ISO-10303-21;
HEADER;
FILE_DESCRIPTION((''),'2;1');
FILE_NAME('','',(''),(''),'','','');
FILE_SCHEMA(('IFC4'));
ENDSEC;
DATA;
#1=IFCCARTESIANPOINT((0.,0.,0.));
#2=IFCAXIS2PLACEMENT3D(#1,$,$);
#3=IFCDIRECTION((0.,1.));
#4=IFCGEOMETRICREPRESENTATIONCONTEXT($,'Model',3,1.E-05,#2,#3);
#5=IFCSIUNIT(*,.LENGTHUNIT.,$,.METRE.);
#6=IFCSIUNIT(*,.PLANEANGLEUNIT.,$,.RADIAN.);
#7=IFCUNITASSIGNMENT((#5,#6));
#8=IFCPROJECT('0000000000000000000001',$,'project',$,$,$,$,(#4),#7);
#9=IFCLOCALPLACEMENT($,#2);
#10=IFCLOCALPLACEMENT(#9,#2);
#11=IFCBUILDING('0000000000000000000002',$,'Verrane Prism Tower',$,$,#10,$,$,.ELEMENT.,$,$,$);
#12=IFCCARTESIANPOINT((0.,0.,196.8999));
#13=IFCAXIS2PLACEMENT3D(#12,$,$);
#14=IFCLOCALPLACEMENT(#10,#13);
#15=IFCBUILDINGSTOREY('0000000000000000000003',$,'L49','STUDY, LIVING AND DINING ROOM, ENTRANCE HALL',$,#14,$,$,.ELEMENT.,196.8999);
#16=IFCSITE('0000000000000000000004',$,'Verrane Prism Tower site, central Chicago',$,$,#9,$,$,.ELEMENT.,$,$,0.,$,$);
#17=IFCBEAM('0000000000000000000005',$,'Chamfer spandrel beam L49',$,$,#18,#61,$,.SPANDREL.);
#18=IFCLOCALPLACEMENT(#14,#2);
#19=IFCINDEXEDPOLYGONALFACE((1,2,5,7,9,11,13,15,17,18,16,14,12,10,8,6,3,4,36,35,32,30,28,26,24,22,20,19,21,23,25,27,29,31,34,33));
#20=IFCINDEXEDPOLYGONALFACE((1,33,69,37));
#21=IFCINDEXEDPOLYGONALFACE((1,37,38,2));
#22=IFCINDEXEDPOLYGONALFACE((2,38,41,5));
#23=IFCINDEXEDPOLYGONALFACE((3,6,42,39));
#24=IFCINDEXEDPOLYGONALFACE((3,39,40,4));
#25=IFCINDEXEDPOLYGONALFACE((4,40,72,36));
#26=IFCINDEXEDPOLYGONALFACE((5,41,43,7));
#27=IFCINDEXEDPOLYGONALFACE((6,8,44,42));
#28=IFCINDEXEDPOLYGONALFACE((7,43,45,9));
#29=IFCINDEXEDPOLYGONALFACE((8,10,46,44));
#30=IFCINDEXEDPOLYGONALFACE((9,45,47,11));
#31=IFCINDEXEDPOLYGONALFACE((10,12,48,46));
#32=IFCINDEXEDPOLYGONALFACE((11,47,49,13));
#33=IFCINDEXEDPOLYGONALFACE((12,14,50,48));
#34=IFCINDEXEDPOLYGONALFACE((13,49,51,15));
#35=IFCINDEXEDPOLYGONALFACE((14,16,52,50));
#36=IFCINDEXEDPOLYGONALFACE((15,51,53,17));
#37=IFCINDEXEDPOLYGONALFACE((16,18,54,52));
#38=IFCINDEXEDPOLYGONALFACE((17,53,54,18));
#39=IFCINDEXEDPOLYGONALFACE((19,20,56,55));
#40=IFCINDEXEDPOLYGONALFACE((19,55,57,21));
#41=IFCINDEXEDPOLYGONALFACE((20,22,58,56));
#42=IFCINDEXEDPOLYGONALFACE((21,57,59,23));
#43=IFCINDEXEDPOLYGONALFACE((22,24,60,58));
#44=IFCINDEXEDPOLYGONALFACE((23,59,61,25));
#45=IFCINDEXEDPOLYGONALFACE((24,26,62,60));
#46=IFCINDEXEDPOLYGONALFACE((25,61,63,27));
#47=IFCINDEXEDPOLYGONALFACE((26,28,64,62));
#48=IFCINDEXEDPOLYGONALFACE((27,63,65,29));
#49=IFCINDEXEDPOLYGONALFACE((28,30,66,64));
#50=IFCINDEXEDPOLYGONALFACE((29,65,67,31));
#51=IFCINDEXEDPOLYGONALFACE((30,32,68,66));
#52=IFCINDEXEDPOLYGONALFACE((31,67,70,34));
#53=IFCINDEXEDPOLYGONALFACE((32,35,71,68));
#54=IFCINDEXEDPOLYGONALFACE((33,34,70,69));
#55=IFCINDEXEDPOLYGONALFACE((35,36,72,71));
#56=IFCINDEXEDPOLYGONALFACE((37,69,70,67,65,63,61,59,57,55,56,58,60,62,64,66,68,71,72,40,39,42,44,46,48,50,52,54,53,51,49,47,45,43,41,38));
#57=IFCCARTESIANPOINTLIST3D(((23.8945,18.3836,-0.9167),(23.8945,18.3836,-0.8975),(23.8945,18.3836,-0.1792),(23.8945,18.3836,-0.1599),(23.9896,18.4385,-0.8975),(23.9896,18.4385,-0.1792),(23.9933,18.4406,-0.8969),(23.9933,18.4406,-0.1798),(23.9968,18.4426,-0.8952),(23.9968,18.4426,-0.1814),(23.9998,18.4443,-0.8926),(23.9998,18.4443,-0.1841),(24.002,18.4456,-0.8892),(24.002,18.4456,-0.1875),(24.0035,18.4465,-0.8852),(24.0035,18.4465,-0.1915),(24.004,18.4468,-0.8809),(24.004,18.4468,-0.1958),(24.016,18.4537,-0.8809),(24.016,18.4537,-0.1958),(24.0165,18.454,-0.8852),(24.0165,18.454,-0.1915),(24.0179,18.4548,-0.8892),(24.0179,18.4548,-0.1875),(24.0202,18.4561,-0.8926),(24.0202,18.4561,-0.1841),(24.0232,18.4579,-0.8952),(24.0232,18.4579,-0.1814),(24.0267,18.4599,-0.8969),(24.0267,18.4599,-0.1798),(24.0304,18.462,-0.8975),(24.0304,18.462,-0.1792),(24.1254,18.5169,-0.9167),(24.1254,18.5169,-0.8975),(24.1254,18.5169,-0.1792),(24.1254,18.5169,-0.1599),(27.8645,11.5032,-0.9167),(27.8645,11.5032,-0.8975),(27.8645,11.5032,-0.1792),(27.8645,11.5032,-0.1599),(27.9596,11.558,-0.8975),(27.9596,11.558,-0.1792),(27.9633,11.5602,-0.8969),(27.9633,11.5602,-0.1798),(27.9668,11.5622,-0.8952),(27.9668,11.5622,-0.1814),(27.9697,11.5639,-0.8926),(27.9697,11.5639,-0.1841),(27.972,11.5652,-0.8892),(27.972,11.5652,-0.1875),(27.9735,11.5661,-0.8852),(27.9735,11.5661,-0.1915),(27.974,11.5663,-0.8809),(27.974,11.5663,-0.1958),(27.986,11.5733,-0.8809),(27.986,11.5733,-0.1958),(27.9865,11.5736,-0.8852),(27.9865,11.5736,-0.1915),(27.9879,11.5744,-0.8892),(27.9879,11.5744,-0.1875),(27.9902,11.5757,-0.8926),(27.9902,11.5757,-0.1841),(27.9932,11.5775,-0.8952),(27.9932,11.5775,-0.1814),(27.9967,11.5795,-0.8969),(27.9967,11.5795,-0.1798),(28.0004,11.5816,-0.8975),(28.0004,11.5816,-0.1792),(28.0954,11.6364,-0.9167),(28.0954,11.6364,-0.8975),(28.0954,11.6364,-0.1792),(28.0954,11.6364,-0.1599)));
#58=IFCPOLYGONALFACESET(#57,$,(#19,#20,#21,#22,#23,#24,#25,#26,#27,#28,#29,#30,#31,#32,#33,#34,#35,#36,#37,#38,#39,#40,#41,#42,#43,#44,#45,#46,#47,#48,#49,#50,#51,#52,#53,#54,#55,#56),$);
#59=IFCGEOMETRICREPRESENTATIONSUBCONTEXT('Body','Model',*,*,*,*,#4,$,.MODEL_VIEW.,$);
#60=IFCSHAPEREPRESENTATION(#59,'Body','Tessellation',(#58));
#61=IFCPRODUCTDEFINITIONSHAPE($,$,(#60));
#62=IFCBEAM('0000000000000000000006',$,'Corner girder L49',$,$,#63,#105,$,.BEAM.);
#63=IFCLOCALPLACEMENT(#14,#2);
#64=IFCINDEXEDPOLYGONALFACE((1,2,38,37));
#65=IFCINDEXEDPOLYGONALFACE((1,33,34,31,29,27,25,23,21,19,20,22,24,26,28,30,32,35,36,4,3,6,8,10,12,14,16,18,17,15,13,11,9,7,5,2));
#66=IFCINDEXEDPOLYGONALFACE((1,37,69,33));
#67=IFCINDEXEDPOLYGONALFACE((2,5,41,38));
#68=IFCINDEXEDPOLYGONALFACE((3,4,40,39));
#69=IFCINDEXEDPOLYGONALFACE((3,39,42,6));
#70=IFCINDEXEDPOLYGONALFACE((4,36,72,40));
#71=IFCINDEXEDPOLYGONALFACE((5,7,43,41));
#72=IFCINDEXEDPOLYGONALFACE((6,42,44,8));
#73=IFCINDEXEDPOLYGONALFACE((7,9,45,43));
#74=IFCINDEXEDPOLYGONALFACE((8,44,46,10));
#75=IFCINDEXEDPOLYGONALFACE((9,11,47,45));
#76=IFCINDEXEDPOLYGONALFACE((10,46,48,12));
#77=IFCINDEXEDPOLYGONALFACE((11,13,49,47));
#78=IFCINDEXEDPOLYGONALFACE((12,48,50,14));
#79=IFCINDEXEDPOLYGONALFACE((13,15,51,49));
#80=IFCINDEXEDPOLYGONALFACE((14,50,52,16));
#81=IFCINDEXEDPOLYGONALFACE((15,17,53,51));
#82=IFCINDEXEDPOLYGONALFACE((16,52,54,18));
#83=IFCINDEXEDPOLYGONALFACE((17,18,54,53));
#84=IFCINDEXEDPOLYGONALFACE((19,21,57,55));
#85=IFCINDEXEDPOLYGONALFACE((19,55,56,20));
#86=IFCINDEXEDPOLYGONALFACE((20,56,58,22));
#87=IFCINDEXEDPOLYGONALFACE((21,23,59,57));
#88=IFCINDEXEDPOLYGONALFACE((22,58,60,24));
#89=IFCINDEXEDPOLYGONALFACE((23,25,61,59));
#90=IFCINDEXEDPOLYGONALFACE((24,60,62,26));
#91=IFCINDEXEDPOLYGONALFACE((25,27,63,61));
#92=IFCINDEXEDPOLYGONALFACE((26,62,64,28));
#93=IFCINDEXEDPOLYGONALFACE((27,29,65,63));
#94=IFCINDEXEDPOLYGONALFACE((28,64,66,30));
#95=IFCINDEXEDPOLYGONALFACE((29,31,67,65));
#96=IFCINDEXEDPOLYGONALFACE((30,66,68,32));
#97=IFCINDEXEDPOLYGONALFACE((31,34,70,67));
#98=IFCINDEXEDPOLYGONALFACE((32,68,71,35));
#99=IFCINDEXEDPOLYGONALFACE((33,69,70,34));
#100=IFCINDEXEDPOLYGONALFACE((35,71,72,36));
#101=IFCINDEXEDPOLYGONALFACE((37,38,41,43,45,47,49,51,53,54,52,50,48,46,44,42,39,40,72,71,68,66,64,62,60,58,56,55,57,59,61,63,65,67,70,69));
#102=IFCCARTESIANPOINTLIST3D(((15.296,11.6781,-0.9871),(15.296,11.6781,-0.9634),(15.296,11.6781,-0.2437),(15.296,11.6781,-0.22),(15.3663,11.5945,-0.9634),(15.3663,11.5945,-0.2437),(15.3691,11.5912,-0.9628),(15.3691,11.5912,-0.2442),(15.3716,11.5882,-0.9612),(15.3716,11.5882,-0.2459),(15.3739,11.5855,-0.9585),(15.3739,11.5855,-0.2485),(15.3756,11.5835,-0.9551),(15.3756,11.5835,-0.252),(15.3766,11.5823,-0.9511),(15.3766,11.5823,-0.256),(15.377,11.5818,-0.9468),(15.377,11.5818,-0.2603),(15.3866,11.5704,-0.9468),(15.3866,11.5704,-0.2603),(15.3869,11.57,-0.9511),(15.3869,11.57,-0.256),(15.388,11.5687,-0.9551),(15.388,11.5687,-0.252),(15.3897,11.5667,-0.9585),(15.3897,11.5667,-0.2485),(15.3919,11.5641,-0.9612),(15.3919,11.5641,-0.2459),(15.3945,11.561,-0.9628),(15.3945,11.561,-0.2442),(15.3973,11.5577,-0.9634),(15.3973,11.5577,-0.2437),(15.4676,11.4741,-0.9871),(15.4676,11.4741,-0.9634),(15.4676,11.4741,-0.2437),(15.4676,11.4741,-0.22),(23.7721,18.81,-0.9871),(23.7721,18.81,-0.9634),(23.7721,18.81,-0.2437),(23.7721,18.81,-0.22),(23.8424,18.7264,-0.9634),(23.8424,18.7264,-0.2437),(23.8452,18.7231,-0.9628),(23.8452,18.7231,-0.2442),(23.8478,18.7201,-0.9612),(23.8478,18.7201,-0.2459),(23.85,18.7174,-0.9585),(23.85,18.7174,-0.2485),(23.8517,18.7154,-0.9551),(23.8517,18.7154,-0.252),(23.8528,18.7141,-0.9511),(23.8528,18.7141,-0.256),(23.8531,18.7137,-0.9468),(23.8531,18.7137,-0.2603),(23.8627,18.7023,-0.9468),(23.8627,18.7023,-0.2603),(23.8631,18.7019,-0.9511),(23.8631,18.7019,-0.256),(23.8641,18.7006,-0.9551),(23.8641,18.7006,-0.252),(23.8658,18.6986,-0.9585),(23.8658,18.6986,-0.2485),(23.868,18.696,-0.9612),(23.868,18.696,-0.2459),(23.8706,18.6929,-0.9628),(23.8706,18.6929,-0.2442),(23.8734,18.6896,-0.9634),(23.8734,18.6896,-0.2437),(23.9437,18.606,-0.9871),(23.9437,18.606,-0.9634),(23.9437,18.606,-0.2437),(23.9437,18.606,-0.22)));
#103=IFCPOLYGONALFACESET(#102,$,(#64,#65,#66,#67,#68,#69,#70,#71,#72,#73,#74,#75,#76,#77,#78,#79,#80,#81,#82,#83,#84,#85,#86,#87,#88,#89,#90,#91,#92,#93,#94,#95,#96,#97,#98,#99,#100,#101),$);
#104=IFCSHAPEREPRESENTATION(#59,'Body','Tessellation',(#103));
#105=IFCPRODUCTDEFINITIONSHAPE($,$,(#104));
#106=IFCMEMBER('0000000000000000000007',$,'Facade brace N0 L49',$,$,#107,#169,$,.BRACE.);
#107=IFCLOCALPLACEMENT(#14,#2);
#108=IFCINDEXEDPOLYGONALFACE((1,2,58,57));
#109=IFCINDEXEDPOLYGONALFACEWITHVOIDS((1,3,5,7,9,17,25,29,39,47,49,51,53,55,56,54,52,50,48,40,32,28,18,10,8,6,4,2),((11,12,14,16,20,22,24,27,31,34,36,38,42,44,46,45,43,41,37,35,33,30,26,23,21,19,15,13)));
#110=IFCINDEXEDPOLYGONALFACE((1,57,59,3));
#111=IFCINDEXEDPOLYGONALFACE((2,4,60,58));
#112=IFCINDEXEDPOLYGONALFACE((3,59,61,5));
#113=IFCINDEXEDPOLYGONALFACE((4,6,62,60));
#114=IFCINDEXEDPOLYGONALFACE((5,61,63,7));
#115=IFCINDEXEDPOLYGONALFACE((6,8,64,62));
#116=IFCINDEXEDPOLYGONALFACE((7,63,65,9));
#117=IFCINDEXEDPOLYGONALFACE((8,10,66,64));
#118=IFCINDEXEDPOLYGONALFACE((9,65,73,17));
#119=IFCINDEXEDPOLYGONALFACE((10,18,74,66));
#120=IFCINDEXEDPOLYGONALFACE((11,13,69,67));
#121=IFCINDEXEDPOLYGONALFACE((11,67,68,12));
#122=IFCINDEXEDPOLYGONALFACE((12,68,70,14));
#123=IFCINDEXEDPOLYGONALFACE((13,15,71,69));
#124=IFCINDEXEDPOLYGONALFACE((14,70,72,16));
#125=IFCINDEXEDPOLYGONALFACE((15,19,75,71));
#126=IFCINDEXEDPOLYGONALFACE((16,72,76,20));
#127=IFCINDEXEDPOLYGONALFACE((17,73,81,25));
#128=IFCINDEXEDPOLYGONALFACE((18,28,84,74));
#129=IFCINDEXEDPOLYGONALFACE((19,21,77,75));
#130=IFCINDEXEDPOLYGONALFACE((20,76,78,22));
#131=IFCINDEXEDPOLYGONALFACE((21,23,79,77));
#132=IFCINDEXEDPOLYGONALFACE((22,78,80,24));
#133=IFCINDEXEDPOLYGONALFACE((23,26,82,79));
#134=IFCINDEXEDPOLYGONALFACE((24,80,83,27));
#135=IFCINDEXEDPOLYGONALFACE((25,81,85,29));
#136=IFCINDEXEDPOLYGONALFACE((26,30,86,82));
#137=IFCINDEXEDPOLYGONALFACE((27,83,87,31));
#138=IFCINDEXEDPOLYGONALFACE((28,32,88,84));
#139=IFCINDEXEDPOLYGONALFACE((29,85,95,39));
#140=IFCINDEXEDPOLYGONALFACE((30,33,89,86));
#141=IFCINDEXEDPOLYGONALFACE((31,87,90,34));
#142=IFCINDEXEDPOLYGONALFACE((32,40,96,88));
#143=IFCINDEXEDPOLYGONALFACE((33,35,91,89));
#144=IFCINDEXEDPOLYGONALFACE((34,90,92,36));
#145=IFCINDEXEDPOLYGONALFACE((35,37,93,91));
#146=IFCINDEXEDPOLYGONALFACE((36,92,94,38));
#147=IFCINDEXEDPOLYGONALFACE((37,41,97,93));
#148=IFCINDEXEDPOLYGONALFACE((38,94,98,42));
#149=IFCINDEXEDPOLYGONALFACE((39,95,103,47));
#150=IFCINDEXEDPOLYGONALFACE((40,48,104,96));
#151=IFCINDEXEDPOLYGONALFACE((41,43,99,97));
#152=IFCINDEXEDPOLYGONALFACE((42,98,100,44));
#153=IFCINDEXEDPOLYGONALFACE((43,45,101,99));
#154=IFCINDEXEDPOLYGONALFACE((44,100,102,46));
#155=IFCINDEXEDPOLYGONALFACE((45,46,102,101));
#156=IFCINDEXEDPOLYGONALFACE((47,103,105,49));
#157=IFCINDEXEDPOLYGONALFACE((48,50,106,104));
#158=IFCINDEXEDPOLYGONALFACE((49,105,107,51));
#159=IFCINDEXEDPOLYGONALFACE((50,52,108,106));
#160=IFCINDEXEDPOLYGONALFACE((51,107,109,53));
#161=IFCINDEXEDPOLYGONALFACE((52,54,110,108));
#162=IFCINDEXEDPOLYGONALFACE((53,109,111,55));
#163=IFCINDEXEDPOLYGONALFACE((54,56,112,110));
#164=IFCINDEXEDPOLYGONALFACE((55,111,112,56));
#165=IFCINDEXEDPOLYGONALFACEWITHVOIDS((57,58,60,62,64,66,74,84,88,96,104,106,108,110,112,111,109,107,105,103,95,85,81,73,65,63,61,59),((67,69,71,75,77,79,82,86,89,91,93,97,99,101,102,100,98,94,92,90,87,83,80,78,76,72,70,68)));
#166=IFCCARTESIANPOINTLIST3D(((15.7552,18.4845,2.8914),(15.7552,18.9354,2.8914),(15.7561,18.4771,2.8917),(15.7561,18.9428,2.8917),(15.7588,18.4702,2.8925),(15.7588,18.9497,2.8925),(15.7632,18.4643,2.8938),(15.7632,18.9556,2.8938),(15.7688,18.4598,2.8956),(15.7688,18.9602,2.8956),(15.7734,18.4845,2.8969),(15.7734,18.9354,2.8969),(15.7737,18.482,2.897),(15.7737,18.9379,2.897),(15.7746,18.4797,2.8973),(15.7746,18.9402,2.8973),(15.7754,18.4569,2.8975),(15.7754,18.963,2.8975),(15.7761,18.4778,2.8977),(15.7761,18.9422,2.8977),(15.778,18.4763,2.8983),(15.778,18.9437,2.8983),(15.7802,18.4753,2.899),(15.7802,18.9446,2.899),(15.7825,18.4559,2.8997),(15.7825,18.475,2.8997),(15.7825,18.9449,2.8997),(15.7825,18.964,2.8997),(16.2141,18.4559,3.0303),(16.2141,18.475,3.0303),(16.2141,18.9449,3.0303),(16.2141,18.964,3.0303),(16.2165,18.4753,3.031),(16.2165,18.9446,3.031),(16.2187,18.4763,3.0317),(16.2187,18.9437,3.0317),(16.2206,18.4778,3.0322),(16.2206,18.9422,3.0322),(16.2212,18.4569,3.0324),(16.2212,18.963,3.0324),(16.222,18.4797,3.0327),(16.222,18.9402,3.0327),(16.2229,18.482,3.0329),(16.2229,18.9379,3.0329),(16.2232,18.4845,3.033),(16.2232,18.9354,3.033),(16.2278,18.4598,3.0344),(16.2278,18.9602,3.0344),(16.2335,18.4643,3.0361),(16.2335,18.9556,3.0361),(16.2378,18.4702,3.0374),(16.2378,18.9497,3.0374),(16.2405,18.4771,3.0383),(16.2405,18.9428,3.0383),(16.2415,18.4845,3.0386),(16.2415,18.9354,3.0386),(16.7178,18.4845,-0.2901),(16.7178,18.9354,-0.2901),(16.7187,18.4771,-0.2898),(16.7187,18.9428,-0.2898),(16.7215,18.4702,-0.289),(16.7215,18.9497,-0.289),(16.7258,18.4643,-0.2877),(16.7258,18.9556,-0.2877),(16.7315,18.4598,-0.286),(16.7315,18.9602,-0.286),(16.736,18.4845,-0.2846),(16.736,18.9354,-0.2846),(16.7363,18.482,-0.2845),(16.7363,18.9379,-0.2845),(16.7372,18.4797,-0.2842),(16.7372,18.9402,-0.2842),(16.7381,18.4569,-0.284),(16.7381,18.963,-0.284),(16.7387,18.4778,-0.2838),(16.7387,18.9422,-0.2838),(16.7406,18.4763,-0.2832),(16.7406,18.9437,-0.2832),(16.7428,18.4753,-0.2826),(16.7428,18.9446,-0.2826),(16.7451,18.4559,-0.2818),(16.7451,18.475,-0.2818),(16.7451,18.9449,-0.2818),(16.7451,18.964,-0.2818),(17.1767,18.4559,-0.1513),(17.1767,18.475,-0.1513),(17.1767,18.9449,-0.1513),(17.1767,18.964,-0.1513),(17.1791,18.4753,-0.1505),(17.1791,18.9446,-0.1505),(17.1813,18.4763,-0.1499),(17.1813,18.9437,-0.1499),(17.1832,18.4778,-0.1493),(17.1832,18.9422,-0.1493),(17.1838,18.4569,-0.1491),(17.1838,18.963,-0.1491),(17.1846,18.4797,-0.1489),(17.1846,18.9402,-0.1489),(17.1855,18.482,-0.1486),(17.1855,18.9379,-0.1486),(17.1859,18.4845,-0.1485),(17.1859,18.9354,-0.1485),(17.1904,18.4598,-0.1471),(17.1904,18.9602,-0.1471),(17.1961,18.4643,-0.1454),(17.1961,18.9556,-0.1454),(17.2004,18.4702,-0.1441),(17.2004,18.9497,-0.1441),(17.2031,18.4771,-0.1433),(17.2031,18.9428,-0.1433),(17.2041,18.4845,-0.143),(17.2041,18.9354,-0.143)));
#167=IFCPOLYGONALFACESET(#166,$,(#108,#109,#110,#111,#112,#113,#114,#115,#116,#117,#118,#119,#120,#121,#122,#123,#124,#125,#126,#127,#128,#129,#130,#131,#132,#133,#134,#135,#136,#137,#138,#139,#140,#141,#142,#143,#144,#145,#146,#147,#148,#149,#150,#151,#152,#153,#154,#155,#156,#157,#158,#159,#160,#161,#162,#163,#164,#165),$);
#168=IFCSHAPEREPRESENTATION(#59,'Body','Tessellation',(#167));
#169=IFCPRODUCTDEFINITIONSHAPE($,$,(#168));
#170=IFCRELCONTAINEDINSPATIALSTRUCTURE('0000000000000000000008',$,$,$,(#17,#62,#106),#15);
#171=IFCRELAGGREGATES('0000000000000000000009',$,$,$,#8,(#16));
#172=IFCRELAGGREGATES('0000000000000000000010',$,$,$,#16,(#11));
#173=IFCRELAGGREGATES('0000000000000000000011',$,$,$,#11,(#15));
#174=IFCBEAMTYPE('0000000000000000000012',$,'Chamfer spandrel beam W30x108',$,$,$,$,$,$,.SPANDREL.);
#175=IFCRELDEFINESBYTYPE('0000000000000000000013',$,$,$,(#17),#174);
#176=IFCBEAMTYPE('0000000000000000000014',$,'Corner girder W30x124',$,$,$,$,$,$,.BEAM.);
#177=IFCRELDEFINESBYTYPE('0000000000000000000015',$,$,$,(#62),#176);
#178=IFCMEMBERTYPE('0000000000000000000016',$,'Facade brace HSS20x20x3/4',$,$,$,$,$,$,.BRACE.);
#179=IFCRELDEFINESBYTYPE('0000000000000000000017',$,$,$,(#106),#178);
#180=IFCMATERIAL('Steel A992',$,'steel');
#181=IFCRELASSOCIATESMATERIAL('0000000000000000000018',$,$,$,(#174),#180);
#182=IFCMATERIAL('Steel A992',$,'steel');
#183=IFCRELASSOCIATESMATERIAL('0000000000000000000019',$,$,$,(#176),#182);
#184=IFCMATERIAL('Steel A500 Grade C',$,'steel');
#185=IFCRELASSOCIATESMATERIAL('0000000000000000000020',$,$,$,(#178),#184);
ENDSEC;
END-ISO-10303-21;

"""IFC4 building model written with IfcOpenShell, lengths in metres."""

from ifc_helpers import new_model, si_unit, direction, frame, origin, origin_2d, place, context, subcontext, project, spatial, hollow_rectangle, i_section, extrude, material, material_profile, profile_set, type_object, element, save


model = new_model("IFC4")

# Units and contexts
model_context = context("Model", 3, precision=1e-05, world=origin(), true_north=direction((0.0, 1.0)))
body_context = subcontext(model_context, "Body", "Model", "MODEL_VIEW")
ifc_project = project(units=[si_unit("LENGTHUNIT", "METRE"), si_unit("PLANEANGLEUNIT", "RADIAN")], contexts=[model_context])

# Site, building, storey
site_placement = place(None, origin())
site = spatial("IfcSite", under=ifc_project, at=site_placement, Name="Verrane Prism Tower site, central Chicago", CompositionType="ELEMENT", RefElevation=0.0)
building_placement = place(site_placement, origin())
building = spatial("IfcBuilding", under=site, at=building_placement, Name="Verrane Prism Tower", CompositionType="ELEMENT")
storey_placement = place(building_placement, frame((0.0, 0.0, 196.8999)))
storey = spatial("IfcBuildingStorey", under=building, at=storey_placement, Name="L49", Description="STUDY, LIVING AND DINING ROOM, ENTRANCE HALL", CompositionType="ELEMENT", Elevation=196.8999)

# Beams
ifc_material_1 = material(Name="Steel A992", Category="steel")
ifc_material_profile_1 = material_profile(ifc_material_1, i_section(OverallWidth=0.2666, OverallDepth=0.7568, WebThickness=0.0139, FlangeThickness=0.0193, FilletRadius=0.0166, at=origin_2d()), Name="W30x108")
ifc_profile_set_1 = profile_set([ifc_material_profile_1], Name="Steel A992")
beam_type_1 = type_object("IfcBeamType", Name="Chamfer spandrel beam W30x108", PredefinedType="SPANDREL", material=ifc_profile_set_1)
beam_1_placement = place(storey_placement, frame((27.98, 11.5698, -0.5383), z_axis=(-0.499772, 0.866157, 0.0), x_axis=(-0.866157, -0.499772, 0.0)))
element("IfcBeam", 1, at=beam_1_placement, inside=storey, type_object=beam_type_1, Name="Chamfer spandrel beam L49", PredefinedType="SPANDREL", context=body_context, shape_type="SweptSolid", body=[
    extrude(i_section(OverallWidth=0.2666, OverallDepth=0.7568, WebThickness=0.0139, FlangeThickness=0.0193, FilletRadius=0.0166, at=origin_2d()), origin(), (0.0, 0.0, 1.0), 7.9436),
])
ifc_material_2 = material(Name="Steel A992", Category="steel")
ifc_material_profile_2 = material_profile(ifc_material_2, i_section(OverallWidth=0.2666, OverallDepth=0.7671, WebThickness=0.0149, FlangeThickness=0.0237, FilletRadius=0.0166, at=origin_2d()), Name="W30x124")
ifc_profile_set_2 = profile_set([ifc_material_profile_2], Name="Steel A992")
beam_type_2 = type_object("IfcBeamType", Name="Corner girder W30x124", PredefinedType="BEAM", material=ifc_profile_set_2)
beam_2_placement = place(storey_placement, frame((23.8579, 18.708, -0.6035), z_axis=(-0.765174, -0.643823, 0.0), x_axis=(0.643823, -0.765174, 0.0)))
element("IfcBeam", 2, at=beam_2_placement, inside=storey, type_object=beam_type_2, Name="Corner girder L49", PredefinedType="BEAM", context=body_context, shape_type="SweptSolid", body=[
    extrude(i_section(OverallWidth=0.2666, OverallDepth=0.7671, WebThickness=0.0149, FlangeThickness=0.0237, FilletRadius=0.0166, at=origin_2d()), origin(), (0.0, 0.0, 1.0), 11.0774),
])

# Member
ifc_material_3 = material(Name="Steel A500 Grade C", Category="steel")
ifc_material_profile_3 = material_profile(ifc_material_3, hollow_rectangle(XDim=0.5081, YDim=0.5081, WallThickness=0.019, InnerFilletRadius=0.0095, OuterFilletRadius=0.0286, at=origin_2d()), Name="HSS20x20x3/4")
ifc_profile_set_3 = profile_set([ifc_material_profile_3], Name="Steel A500 Grade C")
member_type_1 = type_object("IfcMemberType", Name="Facade brace HSS20x20x3/4", PredefinedType="BRACE", material=ifc_profile_set_3)
member_1_placement = place(storey_placement, frame((16.9609, 18.71, -0.2166), z_axis=(-0.289598, 0.0, 0.957148), x_axis=(0.0, -1.0, 0.0)))
element("IfcMember", 3, at=member_1_placement, inside=storey, type_object=member_type_1, Name="Facade brace N0 L49", PredefinedType="BRACE", context=body_context, shape_type="SweptSolid", body=[
    extrude(hollow_rectangle(XDim=0.5081, YDim=0.5081, WallThickness=0.019, InnerFilletRadius=0.0095, OuterFilletRadius=0.0286, at=origin_2d()), origin(), (0.0, 0.0, 1.0), 3.324),
])

save(model, "model.ifc")
